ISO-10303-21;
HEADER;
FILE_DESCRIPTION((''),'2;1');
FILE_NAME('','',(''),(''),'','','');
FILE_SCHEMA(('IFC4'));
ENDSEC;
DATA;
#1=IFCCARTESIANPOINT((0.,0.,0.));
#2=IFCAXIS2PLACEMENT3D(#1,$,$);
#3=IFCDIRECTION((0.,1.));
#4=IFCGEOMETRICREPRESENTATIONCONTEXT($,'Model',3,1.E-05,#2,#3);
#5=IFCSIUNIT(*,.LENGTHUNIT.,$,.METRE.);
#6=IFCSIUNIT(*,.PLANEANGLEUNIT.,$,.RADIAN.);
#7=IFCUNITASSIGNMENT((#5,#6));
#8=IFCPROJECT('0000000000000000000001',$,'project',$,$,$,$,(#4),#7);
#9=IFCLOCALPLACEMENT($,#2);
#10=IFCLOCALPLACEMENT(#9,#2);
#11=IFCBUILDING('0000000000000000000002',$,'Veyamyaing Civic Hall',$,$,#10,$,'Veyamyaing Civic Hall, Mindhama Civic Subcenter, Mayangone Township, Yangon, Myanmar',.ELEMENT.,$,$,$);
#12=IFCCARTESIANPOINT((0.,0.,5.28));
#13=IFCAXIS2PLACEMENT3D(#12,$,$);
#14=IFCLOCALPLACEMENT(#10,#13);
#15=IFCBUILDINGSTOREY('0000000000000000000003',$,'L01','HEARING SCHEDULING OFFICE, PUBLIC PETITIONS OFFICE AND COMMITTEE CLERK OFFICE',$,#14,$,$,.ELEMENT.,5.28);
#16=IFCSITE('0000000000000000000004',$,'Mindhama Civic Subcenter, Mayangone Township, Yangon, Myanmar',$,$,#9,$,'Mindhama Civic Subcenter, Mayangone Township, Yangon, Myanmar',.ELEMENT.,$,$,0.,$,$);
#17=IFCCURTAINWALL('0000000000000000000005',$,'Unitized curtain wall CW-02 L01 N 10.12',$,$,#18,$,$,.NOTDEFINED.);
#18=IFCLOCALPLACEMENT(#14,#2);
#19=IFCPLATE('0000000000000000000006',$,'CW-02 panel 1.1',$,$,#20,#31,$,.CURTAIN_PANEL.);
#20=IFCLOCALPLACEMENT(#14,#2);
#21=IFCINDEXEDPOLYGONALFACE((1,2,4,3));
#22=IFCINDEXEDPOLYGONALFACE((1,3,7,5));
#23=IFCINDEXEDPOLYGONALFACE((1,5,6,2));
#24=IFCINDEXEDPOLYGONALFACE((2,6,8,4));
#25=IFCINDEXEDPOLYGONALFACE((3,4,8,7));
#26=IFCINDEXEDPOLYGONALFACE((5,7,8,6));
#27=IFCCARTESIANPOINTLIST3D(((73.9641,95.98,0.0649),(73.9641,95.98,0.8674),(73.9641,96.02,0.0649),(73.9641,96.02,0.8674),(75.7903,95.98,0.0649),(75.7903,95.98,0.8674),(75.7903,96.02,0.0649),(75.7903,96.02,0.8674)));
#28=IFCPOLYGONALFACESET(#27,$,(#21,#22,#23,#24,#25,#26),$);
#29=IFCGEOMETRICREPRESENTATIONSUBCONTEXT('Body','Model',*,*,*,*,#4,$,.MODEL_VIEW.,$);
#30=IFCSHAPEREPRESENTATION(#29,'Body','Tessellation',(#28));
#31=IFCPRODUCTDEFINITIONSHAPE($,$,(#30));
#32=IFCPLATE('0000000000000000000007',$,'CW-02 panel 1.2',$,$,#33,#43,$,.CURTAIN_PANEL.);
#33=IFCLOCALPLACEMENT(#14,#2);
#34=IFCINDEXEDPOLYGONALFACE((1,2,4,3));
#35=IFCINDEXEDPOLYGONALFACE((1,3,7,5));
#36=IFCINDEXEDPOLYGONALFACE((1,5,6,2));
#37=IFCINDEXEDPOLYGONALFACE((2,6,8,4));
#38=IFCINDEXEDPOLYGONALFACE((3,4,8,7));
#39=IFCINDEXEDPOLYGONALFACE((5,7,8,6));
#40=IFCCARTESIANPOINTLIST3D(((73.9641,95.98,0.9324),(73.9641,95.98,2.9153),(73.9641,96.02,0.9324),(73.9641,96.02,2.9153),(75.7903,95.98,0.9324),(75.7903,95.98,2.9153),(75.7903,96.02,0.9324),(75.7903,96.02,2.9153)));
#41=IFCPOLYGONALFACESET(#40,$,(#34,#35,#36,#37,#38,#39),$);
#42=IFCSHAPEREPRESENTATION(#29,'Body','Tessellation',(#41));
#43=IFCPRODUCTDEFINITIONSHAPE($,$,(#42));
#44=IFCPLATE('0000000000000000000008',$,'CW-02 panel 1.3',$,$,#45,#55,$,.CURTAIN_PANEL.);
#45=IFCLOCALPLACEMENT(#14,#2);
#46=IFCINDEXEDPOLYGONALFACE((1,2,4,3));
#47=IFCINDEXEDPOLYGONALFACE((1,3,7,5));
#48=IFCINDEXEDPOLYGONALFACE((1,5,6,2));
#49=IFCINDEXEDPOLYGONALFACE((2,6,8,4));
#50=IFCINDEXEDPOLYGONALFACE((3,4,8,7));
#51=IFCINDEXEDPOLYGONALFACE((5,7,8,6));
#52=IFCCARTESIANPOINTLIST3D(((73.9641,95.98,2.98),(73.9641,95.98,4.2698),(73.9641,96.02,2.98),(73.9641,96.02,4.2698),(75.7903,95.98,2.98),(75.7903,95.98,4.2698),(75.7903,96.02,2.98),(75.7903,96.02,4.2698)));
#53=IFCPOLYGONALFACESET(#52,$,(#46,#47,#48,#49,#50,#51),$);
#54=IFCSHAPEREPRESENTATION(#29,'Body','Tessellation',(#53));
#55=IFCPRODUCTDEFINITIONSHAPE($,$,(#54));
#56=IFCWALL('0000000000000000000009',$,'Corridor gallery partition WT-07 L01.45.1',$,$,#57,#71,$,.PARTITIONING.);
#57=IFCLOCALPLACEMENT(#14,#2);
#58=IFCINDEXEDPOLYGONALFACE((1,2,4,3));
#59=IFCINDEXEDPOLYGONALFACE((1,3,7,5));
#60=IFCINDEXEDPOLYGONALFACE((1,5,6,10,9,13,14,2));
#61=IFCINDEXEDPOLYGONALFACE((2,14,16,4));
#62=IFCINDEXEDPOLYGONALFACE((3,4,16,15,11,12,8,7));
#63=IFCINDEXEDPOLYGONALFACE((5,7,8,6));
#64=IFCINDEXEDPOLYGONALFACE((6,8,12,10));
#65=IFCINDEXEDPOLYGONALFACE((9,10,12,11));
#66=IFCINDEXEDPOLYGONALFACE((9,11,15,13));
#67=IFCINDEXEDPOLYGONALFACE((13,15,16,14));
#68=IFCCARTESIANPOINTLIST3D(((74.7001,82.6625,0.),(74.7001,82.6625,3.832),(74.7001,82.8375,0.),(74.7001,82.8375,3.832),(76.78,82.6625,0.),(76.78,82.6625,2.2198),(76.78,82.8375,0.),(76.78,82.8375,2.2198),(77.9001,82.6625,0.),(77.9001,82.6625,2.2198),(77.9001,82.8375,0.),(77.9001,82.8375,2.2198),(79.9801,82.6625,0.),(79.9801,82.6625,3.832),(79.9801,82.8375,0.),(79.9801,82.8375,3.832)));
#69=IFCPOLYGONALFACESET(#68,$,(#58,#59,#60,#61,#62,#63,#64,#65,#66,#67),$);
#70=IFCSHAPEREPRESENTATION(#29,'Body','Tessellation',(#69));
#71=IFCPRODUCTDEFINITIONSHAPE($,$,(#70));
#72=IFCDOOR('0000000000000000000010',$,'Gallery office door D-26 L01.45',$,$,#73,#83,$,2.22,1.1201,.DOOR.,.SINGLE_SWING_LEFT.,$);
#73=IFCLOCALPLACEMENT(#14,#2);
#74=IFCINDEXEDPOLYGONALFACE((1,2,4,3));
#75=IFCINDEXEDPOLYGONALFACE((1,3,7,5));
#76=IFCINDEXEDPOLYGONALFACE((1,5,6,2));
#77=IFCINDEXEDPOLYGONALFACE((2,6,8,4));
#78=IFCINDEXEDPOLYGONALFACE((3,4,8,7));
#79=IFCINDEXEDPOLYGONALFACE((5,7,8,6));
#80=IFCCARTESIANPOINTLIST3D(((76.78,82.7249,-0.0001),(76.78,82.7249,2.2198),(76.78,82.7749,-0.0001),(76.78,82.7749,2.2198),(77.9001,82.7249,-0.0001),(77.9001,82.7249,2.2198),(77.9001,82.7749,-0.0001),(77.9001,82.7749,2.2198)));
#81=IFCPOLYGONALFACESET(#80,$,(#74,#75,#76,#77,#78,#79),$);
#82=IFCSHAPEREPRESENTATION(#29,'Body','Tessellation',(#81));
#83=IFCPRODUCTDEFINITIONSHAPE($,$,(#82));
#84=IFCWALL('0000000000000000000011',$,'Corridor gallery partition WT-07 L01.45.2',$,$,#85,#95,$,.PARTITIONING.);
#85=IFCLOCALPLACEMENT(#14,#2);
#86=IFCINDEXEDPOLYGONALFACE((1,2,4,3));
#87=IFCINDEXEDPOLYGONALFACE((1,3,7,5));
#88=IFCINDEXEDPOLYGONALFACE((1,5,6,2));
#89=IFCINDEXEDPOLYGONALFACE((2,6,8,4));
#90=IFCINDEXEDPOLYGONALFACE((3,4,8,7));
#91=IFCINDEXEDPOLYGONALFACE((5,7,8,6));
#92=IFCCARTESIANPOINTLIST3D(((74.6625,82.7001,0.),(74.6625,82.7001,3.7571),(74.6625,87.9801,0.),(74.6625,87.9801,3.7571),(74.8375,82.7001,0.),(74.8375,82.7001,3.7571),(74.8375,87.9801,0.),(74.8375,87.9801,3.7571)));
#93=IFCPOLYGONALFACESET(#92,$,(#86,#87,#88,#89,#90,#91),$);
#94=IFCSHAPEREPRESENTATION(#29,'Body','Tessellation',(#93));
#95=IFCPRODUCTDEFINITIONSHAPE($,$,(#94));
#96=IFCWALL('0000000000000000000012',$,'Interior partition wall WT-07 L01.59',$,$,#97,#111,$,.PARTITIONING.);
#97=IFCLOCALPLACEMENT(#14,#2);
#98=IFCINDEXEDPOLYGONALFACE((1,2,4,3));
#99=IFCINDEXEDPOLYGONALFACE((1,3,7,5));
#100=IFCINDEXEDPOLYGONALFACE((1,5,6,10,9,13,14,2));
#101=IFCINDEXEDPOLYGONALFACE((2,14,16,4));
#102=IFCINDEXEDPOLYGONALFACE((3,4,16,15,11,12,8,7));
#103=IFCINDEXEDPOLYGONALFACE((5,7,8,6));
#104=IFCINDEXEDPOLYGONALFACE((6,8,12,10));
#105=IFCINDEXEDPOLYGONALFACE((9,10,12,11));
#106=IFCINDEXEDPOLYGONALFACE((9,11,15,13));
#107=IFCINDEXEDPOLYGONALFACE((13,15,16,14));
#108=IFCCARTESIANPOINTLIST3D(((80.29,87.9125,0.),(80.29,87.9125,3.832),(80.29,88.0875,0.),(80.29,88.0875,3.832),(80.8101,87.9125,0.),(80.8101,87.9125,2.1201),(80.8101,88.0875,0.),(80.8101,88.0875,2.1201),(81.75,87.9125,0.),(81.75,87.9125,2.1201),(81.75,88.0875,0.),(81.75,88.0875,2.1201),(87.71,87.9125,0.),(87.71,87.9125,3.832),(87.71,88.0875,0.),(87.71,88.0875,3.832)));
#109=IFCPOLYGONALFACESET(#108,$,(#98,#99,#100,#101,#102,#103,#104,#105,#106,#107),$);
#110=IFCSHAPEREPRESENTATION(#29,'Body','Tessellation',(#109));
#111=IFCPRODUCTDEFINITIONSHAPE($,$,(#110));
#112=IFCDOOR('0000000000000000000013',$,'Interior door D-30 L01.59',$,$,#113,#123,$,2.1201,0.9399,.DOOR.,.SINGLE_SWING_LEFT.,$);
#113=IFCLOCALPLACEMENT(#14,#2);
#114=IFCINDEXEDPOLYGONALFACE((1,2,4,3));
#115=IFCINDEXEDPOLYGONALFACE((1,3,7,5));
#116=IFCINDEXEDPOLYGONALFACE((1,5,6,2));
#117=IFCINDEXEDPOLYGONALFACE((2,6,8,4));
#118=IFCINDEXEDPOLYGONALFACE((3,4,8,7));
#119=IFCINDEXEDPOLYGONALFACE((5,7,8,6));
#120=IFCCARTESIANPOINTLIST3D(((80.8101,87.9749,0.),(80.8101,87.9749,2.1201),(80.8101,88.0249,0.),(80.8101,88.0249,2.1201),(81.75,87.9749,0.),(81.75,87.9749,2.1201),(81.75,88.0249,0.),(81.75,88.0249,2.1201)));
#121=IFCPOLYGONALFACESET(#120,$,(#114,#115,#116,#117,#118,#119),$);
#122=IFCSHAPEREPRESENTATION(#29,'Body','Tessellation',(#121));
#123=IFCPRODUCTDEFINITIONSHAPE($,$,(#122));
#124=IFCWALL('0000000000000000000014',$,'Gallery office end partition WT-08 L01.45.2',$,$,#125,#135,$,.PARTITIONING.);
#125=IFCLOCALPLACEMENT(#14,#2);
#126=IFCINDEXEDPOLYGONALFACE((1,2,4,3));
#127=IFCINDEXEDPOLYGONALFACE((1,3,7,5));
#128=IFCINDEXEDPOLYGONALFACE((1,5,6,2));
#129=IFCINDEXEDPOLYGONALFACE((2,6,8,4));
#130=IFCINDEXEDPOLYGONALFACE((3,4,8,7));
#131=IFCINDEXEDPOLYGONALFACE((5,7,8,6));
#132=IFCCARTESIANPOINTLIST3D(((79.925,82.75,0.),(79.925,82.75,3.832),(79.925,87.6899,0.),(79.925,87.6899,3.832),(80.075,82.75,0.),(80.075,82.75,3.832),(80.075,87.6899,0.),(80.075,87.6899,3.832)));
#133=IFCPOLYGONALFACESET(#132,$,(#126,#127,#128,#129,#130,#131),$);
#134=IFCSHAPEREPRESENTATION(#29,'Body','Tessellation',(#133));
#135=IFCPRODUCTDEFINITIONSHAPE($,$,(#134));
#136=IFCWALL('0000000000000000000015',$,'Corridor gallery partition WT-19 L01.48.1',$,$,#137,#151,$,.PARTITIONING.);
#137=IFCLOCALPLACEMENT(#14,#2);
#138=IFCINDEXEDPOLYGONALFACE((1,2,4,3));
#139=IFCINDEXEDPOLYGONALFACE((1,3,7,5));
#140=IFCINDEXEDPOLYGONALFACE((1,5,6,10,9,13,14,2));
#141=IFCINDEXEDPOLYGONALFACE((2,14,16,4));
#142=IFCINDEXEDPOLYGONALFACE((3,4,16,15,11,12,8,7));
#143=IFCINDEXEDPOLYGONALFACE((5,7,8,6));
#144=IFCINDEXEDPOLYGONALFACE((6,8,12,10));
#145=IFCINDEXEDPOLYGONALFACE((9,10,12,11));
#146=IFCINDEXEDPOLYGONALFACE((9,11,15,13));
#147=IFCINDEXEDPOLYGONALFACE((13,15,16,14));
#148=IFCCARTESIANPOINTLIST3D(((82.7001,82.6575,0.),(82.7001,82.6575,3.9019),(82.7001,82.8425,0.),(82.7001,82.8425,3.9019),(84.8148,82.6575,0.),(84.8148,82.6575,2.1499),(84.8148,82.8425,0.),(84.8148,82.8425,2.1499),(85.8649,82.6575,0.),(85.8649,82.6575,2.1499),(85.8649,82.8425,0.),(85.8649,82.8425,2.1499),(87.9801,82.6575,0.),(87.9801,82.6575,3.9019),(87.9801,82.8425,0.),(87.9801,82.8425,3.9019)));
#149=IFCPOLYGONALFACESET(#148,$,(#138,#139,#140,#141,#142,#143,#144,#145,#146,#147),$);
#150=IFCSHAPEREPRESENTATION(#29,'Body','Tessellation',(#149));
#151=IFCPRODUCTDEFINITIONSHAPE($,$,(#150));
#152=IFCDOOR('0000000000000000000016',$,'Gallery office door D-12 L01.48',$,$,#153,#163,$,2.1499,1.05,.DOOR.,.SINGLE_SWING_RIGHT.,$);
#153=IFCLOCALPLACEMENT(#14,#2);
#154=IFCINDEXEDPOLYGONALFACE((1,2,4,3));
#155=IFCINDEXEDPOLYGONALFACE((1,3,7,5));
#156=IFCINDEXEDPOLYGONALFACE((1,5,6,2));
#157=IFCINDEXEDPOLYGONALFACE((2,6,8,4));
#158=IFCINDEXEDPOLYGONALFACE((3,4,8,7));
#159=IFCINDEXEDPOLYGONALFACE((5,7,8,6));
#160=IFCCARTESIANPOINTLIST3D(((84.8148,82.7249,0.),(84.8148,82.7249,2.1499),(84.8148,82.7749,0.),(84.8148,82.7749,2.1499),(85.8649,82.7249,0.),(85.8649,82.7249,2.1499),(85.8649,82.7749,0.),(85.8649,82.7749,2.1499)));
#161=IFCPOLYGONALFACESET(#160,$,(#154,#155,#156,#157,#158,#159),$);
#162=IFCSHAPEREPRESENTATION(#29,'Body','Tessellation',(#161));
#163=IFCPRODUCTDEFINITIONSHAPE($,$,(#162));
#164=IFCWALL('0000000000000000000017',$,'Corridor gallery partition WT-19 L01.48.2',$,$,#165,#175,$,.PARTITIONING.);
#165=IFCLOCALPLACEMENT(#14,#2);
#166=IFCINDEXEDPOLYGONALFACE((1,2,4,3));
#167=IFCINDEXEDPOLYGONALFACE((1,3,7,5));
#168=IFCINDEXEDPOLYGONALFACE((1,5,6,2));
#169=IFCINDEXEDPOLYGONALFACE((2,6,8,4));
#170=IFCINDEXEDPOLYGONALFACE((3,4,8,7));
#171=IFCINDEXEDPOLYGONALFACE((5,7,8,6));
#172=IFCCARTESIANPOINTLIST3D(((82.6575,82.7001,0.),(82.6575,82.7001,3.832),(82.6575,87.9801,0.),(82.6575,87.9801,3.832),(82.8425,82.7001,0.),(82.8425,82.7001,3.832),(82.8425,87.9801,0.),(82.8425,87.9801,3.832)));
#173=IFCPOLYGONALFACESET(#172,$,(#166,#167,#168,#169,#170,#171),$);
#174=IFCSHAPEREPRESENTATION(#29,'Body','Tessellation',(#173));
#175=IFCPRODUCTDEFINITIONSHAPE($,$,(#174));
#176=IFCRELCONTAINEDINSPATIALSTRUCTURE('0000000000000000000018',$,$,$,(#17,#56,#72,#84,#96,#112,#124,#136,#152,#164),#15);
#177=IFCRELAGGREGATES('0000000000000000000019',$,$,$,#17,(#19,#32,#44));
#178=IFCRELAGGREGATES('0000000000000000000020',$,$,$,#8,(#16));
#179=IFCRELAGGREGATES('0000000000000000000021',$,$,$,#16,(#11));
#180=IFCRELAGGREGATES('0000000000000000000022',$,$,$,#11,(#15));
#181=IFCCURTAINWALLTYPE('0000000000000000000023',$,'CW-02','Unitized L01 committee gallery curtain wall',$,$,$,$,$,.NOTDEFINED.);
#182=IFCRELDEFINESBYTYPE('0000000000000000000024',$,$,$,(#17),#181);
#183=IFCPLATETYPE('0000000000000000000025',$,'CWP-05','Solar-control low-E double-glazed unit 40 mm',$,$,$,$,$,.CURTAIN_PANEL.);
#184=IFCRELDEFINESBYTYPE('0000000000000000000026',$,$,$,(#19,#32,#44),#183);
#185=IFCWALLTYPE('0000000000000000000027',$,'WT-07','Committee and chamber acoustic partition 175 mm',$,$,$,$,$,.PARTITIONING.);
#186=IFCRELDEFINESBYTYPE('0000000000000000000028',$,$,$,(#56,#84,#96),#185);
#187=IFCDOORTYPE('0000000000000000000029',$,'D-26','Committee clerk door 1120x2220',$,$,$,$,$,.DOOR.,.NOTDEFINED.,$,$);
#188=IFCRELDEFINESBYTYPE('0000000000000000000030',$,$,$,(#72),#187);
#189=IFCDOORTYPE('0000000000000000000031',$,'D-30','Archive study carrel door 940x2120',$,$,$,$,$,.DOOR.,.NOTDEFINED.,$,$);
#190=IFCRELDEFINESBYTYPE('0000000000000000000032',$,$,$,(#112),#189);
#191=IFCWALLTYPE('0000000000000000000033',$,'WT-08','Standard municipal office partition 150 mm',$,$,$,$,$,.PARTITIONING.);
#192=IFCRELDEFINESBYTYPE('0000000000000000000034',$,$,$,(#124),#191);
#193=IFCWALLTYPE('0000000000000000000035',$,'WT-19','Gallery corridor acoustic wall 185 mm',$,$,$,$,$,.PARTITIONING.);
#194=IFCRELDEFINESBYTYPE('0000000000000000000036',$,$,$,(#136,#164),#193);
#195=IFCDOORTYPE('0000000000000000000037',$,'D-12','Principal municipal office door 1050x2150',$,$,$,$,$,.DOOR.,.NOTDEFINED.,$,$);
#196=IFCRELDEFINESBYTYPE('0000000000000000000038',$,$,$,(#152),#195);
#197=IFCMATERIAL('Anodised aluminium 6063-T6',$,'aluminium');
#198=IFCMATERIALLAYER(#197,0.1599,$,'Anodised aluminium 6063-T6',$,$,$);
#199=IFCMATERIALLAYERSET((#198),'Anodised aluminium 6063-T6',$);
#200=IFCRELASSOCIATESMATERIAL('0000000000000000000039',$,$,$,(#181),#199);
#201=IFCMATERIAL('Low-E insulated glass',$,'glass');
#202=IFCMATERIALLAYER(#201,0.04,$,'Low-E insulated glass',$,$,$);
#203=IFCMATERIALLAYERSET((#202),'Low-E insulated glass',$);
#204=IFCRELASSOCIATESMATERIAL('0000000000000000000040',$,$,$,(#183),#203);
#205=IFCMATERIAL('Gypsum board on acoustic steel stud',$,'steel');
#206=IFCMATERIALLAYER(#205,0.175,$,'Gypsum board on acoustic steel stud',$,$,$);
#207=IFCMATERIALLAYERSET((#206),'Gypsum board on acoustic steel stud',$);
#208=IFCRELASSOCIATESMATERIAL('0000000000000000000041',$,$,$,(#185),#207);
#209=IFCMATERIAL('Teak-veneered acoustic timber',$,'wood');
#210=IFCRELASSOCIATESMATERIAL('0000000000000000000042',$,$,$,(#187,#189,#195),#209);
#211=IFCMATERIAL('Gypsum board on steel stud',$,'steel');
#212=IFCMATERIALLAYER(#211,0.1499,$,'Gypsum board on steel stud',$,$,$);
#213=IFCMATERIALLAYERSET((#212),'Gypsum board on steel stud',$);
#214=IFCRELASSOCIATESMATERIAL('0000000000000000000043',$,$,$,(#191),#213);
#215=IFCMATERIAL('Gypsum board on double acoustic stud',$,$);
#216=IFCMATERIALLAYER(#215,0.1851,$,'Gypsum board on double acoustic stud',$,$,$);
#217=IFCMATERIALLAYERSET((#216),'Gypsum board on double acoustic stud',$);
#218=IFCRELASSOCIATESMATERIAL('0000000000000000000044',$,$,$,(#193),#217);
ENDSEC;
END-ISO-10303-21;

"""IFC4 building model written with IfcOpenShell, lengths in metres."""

from ifc_helpers import new_model, si_unit, direction, frame, frame_2d, origin, origin_2d, place, context, subcontext, project, spatial, rectangle, extrude, material, layer, layer_set, type_object, element, fill, aggregate, save


model = new_model("IFC4")

# Units and contexts
model_context = context("Model", 3, precision=1e-05, world=origin(), true_north=direction((0.0, 1.0)))
body_context = subcontext(model_context, "Body", "Model", "MODEL_VIEW")
ifc_project = project(units=[si_unit("LENGTHUNIT", "METRE"), si_unit("PLANEANGLEUNIT", "RADIAN")], contexts=[model_context])

# Site, building, storey
site_placement = place(None, origin())
site = spatial("IfcSite", under=ifc_project, at=site_placement, Name="Mindhama Civic Subcenter, Mayangone Township, Yangon, Myanmar", LongName="Mindhama Civic Subcenter, Mayangone Township, Yangon, Myanmar", CompositionType="ELEMENT", RefElevation=0.0)
building_placement = place(site_placement, origin())
building = spatial("IfcBuilding", under=site, at=building_placement, Name="Veyamyaing Civic Hall", LongName="Veyamyaing Civic Hall, Mindhama Civic Subcenter, Mayangone Township, Yangon, Myanmar", CompositionType="ELEMENT")
storey_placement = place(building_placement, frame((0.0, 0.0, 5.28)))
storey = spatial("IfcBuildingStorey", under=building, at=storey_placement, Name="L01", Description="HEARING SCHEDULING OFFICE, PUBLIC PETITIONS OFFICE AND COMMITTEE CLERK OFFICE", CompositionType="ELEMENT", Elevation=5.28)

# Curtain wall
ifc_material_1 = material(Name="Anodised aluminium 6063-T6", Category="aluminium")
ifc_layer_1 = layer(ifc_material_1, 0.1599, Name="Anodised aluminium 6063-T6")
ifc_layer_set_1 = layer_set([ifc_layer_1], Name="Anodised aluminium 6063-T6")
curtain_wall_type = type_object("IfcCurtainWallType", Name="CW-02", Description="Unitized L01 committee gallery curtain wall", PredefinedType="NOTDEFINED", material=ifc_layer_set_1)
curtain_wall_placement = place(storey_placement, origin())
curtain_wall = element("IfcCurtainWall", 1, at=curtain_wall_placement, inside=storey, type_object=curtain_wall_type, Name="Unitized curtain wall CW-02 L01 N 10.12", PredefinedType="NOTDEFINED")

# Plates
ifc_material_2 = material(Name="Low-E insulated glass", Category="glass")
ifc_layer_2 = layer(ifc_material_2, 0.04, Name="Low-E insulated glass")
ifc_layer_set_2 = layer_set([ifc_layer_2], Name="Low-E insulated glass")
plate_type = type_object("IfcPlateType", Name="CWP-05", Description="Solar-control low-E double-glazed unit 40 mm", PredefinedType="CURTAIN_PANEL", material=ifc_layer_set_2)
plate_1_placement = place(storey_placement, frame((74.8772, 96.0, 0.0649), z_axis=(0.0, 0.0, 1.0), x_axis=(1.0, 0.0, 0.0)))
plate_1 = element("IfcPlate", 2, at=plate_1_placement, type_object=plate_type, Name="CW-02 panel 1.1", PredefinedType="CURTAIN_PANEL", context=body_context, shape_type="SweptSolid", body=[
    extrude(rectangle(XDim=1.8262, YDim=0.04, at=origin_2d()), origin(), (0.0, 0.0, 1.0), 0.8025),
])
plate_2_placement = place(storey_placement, frame((74.8772, 96.0, 0.9324), z_axis=(0.0, 0.0, 1.0), x_axis=(1.0, 0.0, 0.0)))
plate_2 = element("IfcPlate", 3, at=plate_2_placement, type_object=plate_type, Name="CW-02 panel 1.2", PredefinedType="CURTAIN_PANEL", context=body_context, shape_type="SweptSolid", body=[
    extrude(rectangle(XDim=1.8262, YDim=0.04, at=origin_2d()), origin(), (0.0, 0.0, 1.0), 1.9829),
])
plate_3_placement = place(storey_placement, frame((74.8772, 96.0, 2.98), z_axis=(0.0, 0.0, 1.0), x_axis=(1.0, 0.0, 0.0)))
plate_3 = element("IfcPlate", 4, at=plate_3_placement, type_object=plate_type, Name="CW-02 panel 1.3", PredefinedType="CURTAIN_PANEL", context=body_context, shape_type="SweptSolid", body=[
    extrude(rectangle(XDim=1.8262, YDim=0.04, at=origin_2d()), origin(), (0.0, 0.0, 1.0), 1.2898),
])
aggregate(curtain_wall, [plate_1, plate_2, plate_3])

# Wall, opening, door
ifc_material_3 = material(Name="Gypsum board on acoustic steel stud", Category="steel")
ifc_layer_3 = layer(ifc_material_3, 0.175, Name="Gypsum board on acoustic steel stud")
ifc_layer_set_3 = layer_set([ifc_layer_3], Name="Gypsum board on acoustic steel stud")
wall_type_1 = type_object("IfcWallType", Name="WT-07", Description="Committee and chamber acoustic partition 175 mm", PredefinedType="PARTITIONING", material=ifc_layer_set_3)
wall_1_placement = place(storey_placement, frame((74.7, 82.75, 0.0), z_axis=(0.0, 0.0, 1.0), x_axis=(1.0, 0.0, 0.0)))
wall_1 = element("IfcWall", 5, at=wall_1_placement, inside=storey, type_object=wall_type_1, Name="Corridor gallery partition WT-07 L01.45.1", PredefinedType="PARTITIONING", context=body_context, shape_type="SweptSolid", body=[
    extrude(rectangle(XDim=5.28, YDim=0.175, at=frame_2d((2.6401, 0.0))), origin(), (0.0, 0.0, 1.0), 3.832),
])
opening_1_placement = place(wall_1_placement, frame((2.0801, 0.0, 0.0)))
opening_1 = element("IfcOpeningElement", 6, at=opening_1_placement, cuts=wall_1, PredefinedType="OPENING", context=body_context, shape_type="SweptSolid", body=[
    extrude(rectangle(XDim=1.1201, YDim=2.22, at=frame_2d((0.5601, 1.1099))), frame((0.0, 0.0974, 0.0), z_axis=(0.0, -1.0, 0.0), x_axis=(1.0, 0.0, 0.0)), (0.0, 0.0, 1.0), 0.1951),
])
ifc_material_4 = material(Name="Teak-veneered acoustic timber", Category="wood")
door_type_1 = type_object("IfcDoorType", Name="D-26", Description="Committee clerk door 1120x2220", OperationType="NOTDEFINED", PredefinedType="DOOR", material=ifc_material_4)
door_1_placement = place(opening_1_placement, origin())
door_1 = element("IfcDoor", 7, at=door_1_placement, inside=storey, type_object=door_type_1, Name="Gallery office door D-26 L01.45", OperationType="SINGLE_SWING_LEFT", OverallHeight=2.22, OverallWidth=1.1201, PredefinedType="DOOR", context=body_context, shape_type="SweptSolid", body=[
    extrude(rectangle(XDim=1.1201, YDim=2.22, at=frame_2d((0.5601, 1.1099))), frame((0.0, 0.0249, 0.0), z_axis=(0.0, -1.0, 0.0), x_axis=(1.0, 0.0, 0.0)), (0.0, 0.0, 1.0), 0.05),
])
fill(opening_1, door_1)

# Wall
wall_2_placement = place(storey_placement, frame((74.75, 82.7, 0.0), z_axis=(0.0, 0.0, 1.0), x_axis=(0.0, 1.0, 0.0)))
element("IfcWall", 8, at=wall_2_placement, inside=storey, type_object=wall_type_1, Name="Corridor gallery partition WT-07 L01.45.2", PredefinedType="PARTITIONING", context=body_context, shape_type="SweptSolid", body=[
    extrude(rectangle(XDim=5.28, YDim=0.175, at=frame_2d((2.6401, 0.0))), origin(), (0.0, 0.0, 1.0), 3.7571),
])

# Wall, opening, door
wall_3_placement = place(storey_placement, frame((80.29, 88.0, 0.0), z_axis=(0.0, 0.0, 1.0), x_axis=(1.0, 0.0, 0.0)))
wall_3 = element("IfcWall", 9, at=wall_3_placement, inside=storey, type_object=wall_type_1, Name="Interior partition wall WT-07 L01.59", PredefinedType="PARTITIONING", context=body_context, shape_type="SweptSolid", body=[
    extrude(rectangle(XDim=7.4199, YDim=0.175, at=frame_2d((3.71, 0.0))), origin(), (0.0, 0.0, 1.0), 3.832),
])
opening_2_placement = place(wall_3_placement, frame((0.52, 0.0, 0.0)))
opening_2 = element("IfcOpeningElement", 10, at=opening_2_placement, cuts=wall_3, PredefinedType="OPENING", context=body_context, shape_type="SweptSolid", body=[
    extrude(rectangle(XDim=0.9399, YDim=2.1201, at=frame_2d((0.47, 1.0601))), frame((0.0, 0.0974, 0.0), z_axis=(0.0, -1.0, 0.0), x_axis=(1.0, 0.0, 0.0)), (0.0, 0.0, 1.0), 0.1951),
])
door_type_2 = type_object("IfcDoorType", Name="D-30", Description="Archive study carrel door 940x2120", OperationType="NOTDEFINED", PredefinedType="DOOR", material=ifc_material_4)
door_2_placement = place(opening_2_placement, origin())
door_2 = element("IfcDoor", 11, at=door_2_placement, inside=storey, type_object=door_type_2, Name="Interior door D-30 L01.59", OperationType="SINGLE_SWING_LEFT", OverallHeight=2.1201, OverallWidth=0.9399, PredefinedType="DOOR", context=body_context, shape_type="SweptSolid", body=[
    extrude(rectangle(XDim=0.9399, YDim=2.1201, at=frame_2d((0.47, 1.0601))), frame((0.0, 0.0249, 0.0), z_axis=(0.0, -1.0, 0.0), x_axis=(1.0, 0.0, 0.0)), (0.0, 0.0, 1.0), 0.05),
])
fill(opening_2, door_2)

# Wall
ifc_material_5 = material(Name="Gypsum board on steel stud", Category="steel")
ifc_layer_4 = layer(ifc_material_5, 0.1499, Name="Gypsum board on steel stud")
ifc_layer_set_4 = layer_set([ifc_layer_4], Name="Gypsum board on steel stud")
wall_type_2 = type_object("IfcWallType", Name="WT-08", Description="Standard municipal office partition 150 mm", PredefinedType="PARTITIONING", material=ifc_layer_set_4)
wall_4_placement = place(storey_placement, frame((80.0, 82.75, 0.0), z_axis=(0.0, 0.0, 1.0), x_axis=(0.0, 1.0, 0.0)))
element("IfcWall", 12, at=wall_4_placement, inside=storey, type_object=wall_type_2, Name="Gallery office end partition WT-08 L01.45.2", PredefinedType="PARTITIONING", context=body_context, shape_type="SweptSolid", body=[
    extrude(rectangle(XDim=4.9399, YDim=0.1499, at=frame_2d((2.47, 0.0))), origin(), (0.0, 0.0, 1.0), 3.832),
])

# Wall, opening, door
ifc_material_6 = material(Name="Gypsum board on double acoustic stud")
ifc_layer_5 = layer(ifc_material_6, 0.1851, Name="Gypsum board on double acoustic stud")
ifc_layer_set_5 = layer_set([ifc_layer_5], Name="Gypsum board on double acoustic stud")
wall_type_3 = type_object("IfcWallType", Name="WT-19", Description="Gallery corridor acoustic wall 185 mm", PredefinedType="PARTITIONING", material=ifc_layer_set_5)
wall_5_placement = place(storey_placement, frame((82.7, 82.75, 0.0), z_axis=(0.0, 0.0, 1.0), x_axis=(1.0, 0.0, 0.0)))
wall_5 = element("IfcWall", 13, at=wall_5_placement, inside=storey, type_object=wall_type_3, Name="Corridor gallery partition WT-19 L01.48.1", PredefinedType="PARTITIONING", context=body_context, shape_type="SweptSolid", body=[
    extrude(rectangle(XDim=5.28, YDim=0.1851, at=frame_2d((2.6401, 0.0))), origin(), (0.0, 0.0, 1.0), 3.9019),
])
opening_3_placement = place(wall_5_placement, frame((2.115, 0.0, 0.0)))
opening_3 = element("IfcOpeningElement", 14, at=opening_3_placement, cuts=wall_5, PredefinedType="OPENING", context=body_context, shape_type="SweptSolid", body=[
    extrude(rectangle(XDim=1.05, YDim=2.1499, at=frame_2d((0.5249, 1.075))), frame((0.0, 0.1025, 0.0), z_axis=(0.0, -1.0, 0.0), x_axis=(1.0, 0.0, 0.0)), (0.0, 0.0, 1.0), 0.2051),
])
door_type_3 = type_object("IfcDoorType", Name="D-12", Description="Principal municipal office door 1050x2150", OperationType="NOTDEFINED", PredefinedType="DOOR", material=ifc_material_4)
door_3_placement = place(opening_3_placement, origin())
door_3 = element("IfcDoor", 15, at=door_3_placement, inside=storey, type_object=door_type_3, Name="Gallery office door D-12 L01.48", OperationType="SINGLE_SWING_RIGHT", OverallHeight=2.1499, OverallWidth=1.05, PredefinedType="DOOR", context=body_context, shape_type="SweptSolid", body=[
    extrude(rectangle(XDim=1.05, YDim=2.1499, at=frame_2d((0.5249, 1.075))), frame((0.0, 0.0249, 0.0), z_axis=(0.0, -1.0, 0.0), x_axis=(1.0, 0.0, 0.0)), (0.0, 0.0, 1.0), 0.05),
])
fill(opening_3, door_3)

# Wall
wall_6_placement = place(storey_placement, frame((82.75, 82.7, 0.0), z_axis=(0.0, 0.0, 1.0), x_axis=(0.0, 1.0, 0.0)))
element("IfcWall", 16, at=wall_6_placement, inside=storey, type_object=wall_type_3, Name="Corridor gallery partition WT-19 L01.48.2", PredefinedType="PARTITIONING", context=body_context, shape_type="SweptSolid", body=[
    extrude(rectangle(XDim=5.28, YDim=0.1851, at=frame_2d((2.6401, 0.0))), origin(), (0.0, 0.0, 1.0), 3.832),
])

save(model, "model.ifc")
